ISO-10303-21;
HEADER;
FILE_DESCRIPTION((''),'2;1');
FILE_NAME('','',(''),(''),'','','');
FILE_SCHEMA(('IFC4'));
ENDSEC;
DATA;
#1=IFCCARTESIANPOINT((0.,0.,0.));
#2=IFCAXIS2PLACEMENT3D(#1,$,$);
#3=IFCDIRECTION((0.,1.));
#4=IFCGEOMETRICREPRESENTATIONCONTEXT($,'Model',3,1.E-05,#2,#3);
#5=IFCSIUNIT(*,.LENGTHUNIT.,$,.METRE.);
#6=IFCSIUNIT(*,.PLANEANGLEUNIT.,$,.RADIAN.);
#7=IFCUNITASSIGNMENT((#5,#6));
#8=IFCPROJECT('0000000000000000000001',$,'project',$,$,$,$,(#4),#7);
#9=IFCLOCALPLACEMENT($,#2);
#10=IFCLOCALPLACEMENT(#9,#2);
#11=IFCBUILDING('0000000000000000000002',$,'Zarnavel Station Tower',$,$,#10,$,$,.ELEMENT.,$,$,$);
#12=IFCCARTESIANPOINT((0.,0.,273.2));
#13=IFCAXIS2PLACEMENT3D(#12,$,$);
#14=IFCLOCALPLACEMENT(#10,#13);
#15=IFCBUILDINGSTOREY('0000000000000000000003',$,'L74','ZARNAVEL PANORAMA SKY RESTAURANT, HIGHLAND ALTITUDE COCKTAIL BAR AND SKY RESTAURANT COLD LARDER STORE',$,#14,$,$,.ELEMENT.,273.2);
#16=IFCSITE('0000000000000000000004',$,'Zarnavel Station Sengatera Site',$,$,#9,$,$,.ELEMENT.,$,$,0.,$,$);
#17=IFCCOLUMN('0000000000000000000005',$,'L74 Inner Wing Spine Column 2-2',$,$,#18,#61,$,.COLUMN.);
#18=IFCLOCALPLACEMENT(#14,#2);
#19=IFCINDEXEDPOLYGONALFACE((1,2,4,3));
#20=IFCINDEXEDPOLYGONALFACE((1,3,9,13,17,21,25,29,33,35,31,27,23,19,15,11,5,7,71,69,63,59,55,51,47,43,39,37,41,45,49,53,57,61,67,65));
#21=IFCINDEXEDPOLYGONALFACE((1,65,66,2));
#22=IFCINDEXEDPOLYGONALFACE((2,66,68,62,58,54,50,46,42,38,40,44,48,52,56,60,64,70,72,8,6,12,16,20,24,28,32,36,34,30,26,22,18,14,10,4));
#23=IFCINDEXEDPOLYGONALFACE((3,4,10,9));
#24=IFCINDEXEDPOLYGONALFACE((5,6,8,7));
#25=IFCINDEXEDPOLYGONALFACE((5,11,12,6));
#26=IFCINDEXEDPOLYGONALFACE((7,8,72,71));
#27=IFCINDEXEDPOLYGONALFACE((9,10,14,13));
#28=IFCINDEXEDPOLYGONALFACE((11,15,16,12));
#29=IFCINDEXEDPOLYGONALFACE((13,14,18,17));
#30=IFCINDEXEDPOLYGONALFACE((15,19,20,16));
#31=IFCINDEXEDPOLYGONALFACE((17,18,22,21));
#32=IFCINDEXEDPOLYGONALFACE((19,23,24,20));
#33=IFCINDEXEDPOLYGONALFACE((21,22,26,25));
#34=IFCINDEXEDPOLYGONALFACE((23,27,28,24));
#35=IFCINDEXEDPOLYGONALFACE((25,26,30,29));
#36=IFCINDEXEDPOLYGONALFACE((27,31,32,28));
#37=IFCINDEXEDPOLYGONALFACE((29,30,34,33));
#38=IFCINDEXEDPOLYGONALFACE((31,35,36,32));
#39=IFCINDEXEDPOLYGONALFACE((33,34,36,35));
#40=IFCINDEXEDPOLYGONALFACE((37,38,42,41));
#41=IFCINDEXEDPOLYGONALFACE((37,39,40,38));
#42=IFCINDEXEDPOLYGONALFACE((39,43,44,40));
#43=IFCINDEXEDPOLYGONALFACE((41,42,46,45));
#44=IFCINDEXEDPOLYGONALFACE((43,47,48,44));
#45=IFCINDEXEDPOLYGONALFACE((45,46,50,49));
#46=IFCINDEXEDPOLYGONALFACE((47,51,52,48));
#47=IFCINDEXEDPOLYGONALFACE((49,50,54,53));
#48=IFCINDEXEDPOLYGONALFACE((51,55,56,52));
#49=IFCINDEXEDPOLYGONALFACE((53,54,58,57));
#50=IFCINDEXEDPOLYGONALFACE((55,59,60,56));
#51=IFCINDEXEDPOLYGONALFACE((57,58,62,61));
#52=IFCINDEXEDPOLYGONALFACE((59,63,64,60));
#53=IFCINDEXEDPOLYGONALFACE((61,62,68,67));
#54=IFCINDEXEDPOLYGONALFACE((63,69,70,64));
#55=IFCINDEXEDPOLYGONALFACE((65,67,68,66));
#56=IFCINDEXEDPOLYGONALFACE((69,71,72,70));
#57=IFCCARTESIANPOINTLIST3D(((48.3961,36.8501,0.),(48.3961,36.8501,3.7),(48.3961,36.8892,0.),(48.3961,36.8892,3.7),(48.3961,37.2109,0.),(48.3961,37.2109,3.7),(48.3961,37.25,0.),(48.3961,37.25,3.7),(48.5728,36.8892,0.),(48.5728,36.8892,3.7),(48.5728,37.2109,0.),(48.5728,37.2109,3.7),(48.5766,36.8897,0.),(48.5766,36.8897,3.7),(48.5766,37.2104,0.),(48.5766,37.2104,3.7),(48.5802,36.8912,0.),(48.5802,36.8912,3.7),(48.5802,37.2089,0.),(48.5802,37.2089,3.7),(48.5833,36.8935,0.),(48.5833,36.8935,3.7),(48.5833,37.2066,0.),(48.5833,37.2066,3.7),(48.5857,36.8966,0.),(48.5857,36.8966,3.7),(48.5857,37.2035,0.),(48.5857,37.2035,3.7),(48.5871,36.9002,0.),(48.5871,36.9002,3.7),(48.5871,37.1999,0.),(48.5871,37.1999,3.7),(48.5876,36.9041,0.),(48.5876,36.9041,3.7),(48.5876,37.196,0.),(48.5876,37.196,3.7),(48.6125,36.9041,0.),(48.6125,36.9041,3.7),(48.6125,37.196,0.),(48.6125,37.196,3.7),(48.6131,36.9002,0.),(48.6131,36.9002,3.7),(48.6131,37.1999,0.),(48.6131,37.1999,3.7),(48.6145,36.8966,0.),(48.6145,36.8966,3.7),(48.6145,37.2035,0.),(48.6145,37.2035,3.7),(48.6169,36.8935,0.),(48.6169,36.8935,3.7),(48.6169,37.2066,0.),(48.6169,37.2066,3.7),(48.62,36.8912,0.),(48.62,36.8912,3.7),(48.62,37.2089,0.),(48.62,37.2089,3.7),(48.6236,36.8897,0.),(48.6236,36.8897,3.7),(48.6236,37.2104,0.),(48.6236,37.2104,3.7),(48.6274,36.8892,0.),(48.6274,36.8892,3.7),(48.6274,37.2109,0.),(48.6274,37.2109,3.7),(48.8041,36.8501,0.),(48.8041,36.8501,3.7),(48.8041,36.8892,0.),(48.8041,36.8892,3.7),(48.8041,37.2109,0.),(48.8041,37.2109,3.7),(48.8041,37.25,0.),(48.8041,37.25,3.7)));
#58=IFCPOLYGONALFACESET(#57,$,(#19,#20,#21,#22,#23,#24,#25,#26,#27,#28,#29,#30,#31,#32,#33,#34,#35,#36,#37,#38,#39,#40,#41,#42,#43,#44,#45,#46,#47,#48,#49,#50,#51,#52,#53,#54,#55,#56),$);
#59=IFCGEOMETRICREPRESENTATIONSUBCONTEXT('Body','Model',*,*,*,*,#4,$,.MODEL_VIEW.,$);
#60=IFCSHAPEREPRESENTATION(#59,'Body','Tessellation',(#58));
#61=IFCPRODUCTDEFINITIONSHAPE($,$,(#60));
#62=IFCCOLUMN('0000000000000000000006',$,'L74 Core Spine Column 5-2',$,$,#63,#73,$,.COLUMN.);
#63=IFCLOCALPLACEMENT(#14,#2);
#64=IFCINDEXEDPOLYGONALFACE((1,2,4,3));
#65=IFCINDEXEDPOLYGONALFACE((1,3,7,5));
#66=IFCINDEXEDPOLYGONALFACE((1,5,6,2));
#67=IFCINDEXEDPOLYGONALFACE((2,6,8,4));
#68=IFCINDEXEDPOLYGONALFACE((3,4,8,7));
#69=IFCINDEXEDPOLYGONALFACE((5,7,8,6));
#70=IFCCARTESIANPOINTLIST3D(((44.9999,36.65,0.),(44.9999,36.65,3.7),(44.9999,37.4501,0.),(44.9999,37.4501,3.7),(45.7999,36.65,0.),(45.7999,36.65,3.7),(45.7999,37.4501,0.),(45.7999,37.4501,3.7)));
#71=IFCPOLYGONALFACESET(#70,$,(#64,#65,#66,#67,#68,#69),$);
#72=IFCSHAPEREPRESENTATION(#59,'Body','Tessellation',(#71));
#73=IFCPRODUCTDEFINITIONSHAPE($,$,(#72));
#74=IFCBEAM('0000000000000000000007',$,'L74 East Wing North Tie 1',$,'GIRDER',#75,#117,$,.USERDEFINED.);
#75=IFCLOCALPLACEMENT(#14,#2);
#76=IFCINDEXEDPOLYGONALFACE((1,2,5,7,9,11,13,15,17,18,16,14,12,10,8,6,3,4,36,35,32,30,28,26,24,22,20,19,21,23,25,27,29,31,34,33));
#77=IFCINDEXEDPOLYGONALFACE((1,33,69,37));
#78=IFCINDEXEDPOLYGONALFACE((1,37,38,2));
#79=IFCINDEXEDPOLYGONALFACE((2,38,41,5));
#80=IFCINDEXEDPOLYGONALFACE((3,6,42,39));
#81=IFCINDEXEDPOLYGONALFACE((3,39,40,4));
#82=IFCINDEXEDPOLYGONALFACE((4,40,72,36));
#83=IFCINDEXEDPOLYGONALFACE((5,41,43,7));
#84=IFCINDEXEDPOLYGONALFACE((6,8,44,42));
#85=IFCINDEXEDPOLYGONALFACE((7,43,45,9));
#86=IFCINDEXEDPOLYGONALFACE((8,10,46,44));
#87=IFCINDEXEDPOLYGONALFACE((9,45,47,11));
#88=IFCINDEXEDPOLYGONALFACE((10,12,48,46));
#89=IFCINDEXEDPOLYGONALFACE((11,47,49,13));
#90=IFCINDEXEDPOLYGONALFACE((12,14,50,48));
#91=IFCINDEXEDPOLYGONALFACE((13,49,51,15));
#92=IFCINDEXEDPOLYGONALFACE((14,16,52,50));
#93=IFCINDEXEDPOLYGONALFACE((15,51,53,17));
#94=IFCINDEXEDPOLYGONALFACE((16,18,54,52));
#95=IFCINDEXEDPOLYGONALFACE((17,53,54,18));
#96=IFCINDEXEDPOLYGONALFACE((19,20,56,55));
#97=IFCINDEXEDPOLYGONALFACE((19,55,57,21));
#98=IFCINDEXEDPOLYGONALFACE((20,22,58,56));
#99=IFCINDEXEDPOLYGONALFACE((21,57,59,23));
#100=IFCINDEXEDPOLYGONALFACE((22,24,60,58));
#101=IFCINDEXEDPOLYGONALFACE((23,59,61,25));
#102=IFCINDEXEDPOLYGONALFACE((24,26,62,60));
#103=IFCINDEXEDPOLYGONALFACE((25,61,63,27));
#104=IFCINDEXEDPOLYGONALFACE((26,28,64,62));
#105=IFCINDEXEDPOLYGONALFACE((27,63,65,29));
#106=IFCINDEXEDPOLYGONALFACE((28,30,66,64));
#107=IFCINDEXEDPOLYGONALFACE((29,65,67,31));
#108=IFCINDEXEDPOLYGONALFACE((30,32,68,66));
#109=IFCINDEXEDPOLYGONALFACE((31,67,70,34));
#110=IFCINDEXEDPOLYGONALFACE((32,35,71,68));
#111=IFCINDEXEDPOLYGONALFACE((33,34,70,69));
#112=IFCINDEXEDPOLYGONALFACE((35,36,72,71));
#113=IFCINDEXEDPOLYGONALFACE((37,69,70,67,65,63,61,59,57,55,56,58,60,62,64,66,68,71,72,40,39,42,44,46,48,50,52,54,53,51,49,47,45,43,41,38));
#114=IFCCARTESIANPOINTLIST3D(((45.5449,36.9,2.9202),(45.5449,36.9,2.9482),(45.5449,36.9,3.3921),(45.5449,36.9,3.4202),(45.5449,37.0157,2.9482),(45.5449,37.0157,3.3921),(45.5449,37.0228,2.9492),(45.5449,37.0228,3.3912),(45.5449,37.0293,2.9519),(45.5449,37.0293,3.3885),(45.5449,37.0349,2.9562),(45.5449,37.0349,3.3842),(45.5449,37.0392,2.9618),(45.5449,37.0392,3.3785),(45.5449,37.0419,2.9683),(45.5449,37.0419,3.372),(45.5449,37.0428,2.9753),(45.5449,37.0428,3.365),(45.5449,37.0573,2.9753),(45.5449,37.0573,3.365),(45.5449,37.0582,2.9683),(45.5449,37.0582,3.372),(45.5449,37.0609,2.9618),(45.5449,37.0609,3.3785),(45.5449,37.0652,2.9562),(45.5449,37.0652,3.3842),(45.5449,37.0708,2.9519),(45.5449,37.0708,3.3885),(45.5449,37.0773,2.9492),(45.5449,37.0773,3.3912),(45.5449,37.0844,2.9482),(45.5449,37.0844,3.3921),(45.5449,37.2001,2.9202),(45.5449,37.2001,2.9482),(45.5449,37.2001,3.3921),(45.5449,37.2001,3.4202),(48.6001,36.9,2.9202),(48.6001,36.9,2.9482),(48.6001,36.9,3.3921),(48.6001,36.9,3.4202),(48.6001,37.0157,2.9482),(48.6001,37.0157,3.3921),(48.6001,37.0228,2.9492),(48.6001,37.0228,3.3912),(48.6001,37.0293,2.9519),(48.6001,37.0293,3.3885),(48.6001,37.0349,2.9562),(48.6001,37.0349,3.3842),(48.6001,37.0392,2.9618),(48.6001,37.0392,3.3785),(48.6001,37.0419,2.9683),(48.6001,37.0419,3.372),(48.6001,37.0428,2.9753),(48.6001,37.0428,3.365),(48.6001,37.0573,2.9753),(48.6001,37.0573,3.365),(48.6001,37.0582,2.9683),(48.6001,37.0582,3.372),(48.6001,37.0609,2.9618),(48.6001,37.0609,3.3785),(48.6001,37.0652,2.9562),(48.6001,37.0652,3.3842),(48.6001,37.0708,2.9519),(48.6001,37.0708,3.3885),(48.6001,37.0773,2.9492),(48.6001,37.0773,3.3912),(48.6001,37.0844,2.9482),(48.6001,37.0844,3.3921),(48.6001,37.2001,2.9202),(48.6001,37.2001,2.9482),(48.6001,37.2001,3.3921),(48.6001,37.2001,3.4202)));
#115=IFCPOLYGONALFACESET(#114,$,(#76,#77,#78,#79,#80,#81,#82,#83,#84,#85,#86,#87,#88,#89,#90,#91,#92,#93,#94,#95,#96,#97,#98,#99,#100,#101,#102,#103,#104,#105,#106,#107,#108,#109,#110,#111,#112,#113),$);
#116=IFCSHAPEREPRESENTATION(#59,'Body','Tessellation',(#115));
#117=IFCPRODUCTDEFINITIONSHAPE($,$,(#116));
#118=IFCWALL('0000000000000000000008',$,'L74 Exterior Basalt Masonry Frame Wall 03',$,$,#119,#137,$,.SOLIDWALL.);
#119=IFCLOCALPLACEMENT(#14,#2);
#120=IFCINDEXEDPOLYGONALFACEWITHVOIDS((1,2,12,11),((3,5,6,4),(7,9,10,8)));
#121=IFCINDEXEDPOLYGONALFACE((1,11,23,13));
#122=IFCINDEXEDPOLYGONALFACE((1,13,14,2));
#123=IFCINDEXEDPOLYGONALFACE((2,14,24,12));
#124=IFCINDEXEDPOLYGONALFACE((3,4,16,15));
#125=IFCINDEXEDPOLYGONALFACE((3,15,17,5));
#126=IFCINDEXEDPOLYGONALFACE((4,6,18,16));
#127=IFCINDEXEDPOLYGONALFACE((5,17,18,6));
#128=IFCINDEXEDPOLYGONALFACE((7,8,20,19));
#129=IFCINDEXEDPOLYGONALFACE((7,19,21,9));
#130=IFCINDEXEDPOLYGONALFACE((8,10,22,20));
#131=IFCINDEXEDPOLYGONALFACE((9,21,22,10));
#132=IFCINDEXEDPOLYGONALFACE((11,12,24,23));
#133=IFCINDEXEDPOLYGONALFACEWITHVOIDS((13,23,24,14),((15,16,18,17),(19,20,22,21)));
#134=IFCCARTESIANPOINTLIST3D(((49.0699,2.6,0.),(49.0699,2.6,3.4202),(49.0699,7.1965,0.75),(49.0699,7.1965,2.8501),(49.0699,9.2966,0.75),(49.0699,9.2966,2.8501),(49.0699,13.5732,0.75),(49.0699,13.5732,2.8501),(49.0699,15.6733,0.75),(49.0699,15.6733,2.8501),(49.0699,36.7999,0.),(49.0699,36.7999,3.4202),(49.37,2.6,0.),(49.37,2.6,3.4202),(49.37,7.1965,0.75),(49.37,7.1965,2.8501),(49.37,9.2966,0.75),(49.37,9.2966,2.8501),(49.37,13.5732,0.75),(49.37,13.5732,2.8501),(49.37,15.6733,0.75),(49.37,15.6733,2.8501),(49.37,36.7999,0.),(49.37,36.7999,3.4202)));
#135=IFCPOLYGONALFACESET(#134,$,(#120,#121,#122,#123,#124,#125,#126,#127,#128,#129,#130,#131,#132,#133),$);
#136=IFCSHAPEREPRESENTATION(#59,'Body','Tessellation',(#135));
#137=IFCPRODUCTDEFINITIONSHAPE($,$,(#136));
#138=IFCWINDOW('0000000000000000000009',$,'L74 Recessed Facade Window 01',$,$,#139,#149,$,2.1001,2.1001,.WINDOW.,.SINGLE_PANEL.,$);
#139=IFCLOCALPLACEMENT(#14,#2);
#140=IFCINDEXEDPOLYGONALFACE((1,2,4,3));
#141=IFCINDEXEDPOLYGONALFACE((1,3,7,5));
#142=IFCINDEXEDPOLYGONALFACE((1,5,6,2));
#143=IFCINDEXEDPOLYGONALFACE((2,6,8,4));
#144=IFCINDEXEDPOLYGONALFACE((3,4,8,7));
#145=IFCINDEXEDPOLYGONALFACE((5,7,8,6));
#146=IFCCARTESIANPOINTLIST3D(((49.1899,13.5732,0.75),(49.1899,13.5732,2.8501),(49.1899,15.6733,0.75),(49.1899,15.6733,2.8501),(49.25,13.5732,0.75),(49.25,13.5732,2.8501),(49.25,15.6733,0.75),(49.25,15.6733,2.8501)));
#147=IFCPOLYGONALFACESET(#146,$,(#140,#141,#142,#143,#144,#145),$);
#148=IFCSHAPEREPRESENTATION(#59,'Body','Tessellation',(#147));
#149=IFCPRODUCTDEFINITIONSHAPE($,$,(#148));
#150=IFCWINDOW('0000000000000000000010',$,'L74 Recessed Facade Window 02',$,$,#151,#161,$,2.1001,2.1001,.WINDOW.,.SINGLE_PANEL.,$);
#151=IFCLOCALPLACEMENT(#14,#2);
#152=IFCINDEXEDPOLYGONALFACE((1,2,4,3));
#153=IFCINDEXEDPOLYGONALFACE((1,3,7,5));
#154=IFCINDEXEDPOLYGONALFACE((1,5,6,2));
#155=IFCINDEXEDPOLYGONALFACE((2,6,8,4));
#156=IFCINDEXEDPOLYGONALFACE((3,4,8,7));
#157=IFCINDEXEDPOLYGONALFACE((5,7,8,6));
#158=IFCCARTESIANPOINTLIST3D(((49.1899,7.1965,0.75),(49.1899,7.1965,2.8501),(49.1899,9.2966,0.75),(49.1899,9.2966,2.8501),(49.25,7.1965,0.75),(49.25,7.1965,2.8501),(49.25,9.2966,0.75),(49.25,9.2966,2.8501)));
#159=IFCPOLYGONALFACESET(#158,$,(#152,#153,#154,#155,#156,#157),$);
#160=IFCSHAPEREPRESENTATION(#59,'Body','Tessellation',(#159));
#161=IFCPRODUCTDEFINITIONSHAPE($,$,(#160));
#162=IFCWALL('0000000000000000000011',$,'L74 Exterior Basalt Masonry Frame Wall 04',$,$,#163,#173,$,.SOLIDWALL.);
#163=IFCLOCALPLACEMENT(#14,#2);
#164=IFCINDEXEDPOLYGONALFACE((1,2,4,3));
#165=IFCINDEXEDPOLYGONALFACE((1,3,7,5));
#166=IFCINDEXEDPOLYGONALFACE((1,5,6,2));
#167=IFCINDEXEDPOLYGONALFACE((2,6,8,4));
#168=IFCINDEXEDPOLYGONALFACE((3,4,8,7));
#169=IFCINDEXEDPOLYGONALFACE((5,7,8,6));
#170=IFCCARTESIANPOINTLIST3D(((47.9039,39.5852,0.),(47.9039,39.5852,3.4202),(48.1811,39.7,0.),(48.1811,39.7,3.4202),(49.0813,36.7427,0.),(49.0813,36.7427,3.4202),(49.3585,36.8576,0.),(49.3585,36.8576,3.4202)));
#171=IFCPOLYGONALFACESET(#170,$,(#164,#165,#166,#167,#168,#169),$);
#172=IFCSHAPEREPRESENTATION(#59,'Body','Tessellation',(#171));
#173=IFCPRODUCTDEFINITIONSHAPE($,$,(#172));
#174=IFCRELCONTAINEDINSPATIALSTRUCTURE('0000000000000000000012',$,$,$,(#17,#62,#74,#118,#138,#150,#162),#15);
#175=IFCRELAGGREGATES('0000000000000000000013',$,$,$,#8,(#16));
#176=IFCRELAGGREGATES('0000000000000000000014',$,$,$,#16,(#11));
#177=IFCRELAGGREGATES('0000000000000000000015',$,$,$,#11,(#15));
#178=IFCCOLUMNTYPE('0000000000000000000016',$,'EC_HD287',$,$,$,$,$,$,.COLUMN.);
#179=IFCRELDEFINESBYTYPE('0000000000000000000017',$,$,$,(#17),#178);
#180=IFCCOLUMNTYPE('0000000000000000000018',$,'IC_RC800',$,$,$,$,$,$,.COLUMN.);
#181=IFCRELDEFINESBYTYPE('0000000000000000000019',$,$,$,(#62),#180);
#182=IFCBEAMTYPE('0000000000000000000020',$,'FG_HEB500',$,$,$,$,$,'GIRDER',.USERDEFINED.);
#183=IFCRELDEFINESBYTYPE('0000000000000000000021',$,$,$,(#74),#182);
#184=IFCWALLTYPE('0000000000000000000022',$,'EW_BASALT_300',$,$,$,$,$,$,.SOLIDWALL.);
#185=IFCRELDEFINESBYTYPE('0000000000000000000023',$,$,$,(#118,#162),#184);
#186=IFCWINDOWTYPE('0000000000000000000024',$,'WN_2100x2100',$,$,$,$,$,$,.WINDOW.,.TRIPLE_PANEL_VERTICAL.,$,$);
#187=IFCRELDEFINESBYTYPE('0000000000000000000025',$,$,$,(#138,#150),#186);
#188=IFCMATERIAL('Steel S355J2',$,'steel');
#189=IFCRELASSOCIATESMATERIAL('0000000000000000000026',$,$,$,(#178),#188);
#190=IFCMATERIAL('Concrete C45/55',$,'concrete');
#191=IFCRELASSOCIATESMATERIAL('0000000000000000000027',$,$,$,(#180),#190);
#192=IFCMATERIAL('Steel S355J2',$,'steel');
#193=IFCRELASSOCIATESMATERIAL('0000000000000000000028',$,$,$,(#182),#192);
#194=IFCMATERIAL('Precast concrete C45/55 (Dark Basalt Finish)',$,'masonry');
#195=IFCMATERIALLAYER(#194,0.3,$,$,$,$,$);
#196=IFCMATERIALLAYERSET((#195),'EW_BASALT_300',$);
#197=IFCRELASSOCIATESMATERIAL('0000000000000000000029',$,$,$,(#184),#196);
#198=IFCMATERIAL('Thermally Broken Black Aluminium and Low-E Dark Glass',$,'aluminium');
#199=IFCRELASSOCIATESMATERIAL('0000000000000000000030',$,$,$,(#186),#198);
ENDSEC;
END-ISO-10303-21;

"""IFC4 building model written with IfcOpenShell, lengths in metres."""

from ifc_helpers import new_model, si_unit, direction, frame, frame_2d, origin, origin_2d, place, context, subcontext, project, spatial, rectangle, i_section, extrude, material, layer, layer_set, material_profile, profile_set, type_object, element, fill, save


model = new_model("IFC4")

# Units and contexts
model_context = context("Model", 3, precision=1e-05, world=origin(), true_north=direction((0.0, 1.0)))
body_context = subcontext(model_context, "Body", "Model", "MODEL_VIEW")
ifc_project = project(units=[si_unit("LENGTHUNIT", "METRE"), si_unit("PLANEANGLEUNIT", "RADIAN")], contexts=[model_context])

# Site, building, storey
site_placement = place(None, origin())
site = spatial("IfcSite", under=ifc_project, at=site_placement, Name="Zarnavel Station Sengatera Site", CompositionType="ELEMENT", RefElevation=0.0)
building_placement = place(site_placement, origin())
building = spatial("IfcBuilding", under=site, at=building_placement, Name="Zarnavel Station Tower", CompositionType="ELEMENT")
storey_placement = place(building_placement, frame((0.0, 0.0, 273.2)))
storey = spatial("IfcBuildingStorey", under=building, at=storey_placement, Name="L74", Description="ZARNAVEL PANORAMA SKY RESTAURANT, HIGHLAND ALTITUDE COCKTAIL BAR AND SKY RESTAURANT COLD LARDER STORE", CompositionType="ELEMENT", Elevation=273.2)

# Columns
ifc_material_1 = material(Name="Steel S355J2", Category="steel")
ifc_material_profile_1 = material_profile(ifc_material_1, i_section(OverallWidth=0.408, OverallDepth=0.3999, WebThickness=0.0249, FlangeThickness=0.0391, FilletRadius=0.0149, at=origin_2d()), Name="HD400x287")
ifc_profile_set_1 = profile_set([ifc_material_profile_1], Name="Steel S355J2")
column_type_1 = type_object("IfcColumnType", Name="EC_HD287", PredefinedType="COLUMN", material=ifc_profile_set_1)
column_1_placement = place(storey_placement, frame((48.6001, 37.05, 0.0), z_axis=(0.0, 0.0, 1.0), x_axis=(1.0, 0.0, 0.0)))
element("IfcColumn", 1, at=column_1_placement, inside=storey, type_object=column_type_1, Name="L74 Inner Wing Spine Column 2-2", PredefinedType="COLUMN", context=body_context, shape_type="SweptSolid", body=[
    extrude(i_section(OverallWidth=0.408, OverallDepth=0.3999, WebThickness=0.0249, FlangeThickness=0.0391, FilletRadius=0.0149, at=origin_2d()), origin(), (0.0, 0.0, 1.0), 3.7),
])
ifc_material_2 = material(Name="Concrete C45/55", Category="concrete")
ifc_material_profile_2 = material_profile(ifc_material_2, rectangle(XDim=0.8, YDim=0.8, at=origin_2d()), Name="RC800x800")
ifc_profile_set_2 = profile_set([ifc_material_profile_2], Name="Concrete C45/55")
column_type_2 = type_object("IfcColumnType", Name="IC_RC800", PredefinedType="COLUMN", material=ifc_profile_set_2)
column_2_placement = place(storey_placement, frame((45.3999, 37.05, 0.0), z_axis=(0.0, 0.0, 1.0), x_axis=(1.0, 0.0, 0.0)))
element("IfcColumn", 2, at=column_2_placement, inside=storey, type_object=column_type_2, Name="L74 Core Spine Column 5-2", PredefinedType="COLUMN", context=body_context, shape_type="SweptSolid", body=[
    extrude(rectangle(XDim=0.8, YDim=0.8, at=origin_2d()), origin(), (0.0, 0.0, 1.0), 3.7),
])

# Beam
ifc_material_3 = material(Name="Steel S355J2", Category="steel")
ifc_material_profile_3 = material_profile(ifc_material_3, i_section(OverallWidth=0.3, OverallDepth=0.5, WebThickness=0.0144, FlangeThickness=0.0281, FilletRadius=0.0271, at=origin_2d()), Name="HEB500")
ifc_profile_set_3 = profile_set([ifc_material_profile_3], Name="Steel S355J2")
beam_type = type_object("IfcBeamType", Name="FG_HEB500", ElementType="GIRDER", PredefinedType="USERDEFINED", material=ifc_profile_set_3)
beam_placement = place(storey_placement, frame((45.5449, 37.05, 3.1702), z_axis=(1.0, 0.0, 0.0), x_axis=(0.0, 1.0, 0.0)))
element("IfcBeam", 3, at=beam_placement, inside=storey, type_object=beam_type, Name="L74 East Wing North Tie 1", ObjectType="GIRDER", PredefinedType="USERDEFINED", context=body_context, shape_type="SweptSolid", body=[
    extrude(i_section(OverallWidth=0.3, OverallDepth=0.5, WebThickness=0.0144, FlangeThickness=0.0281, FilletRadius=0.0271, at=origin_2d()), origin(), (0.0, 0.0, 1.0), 3.0552),
])

# Wall, openings, windows
ifc_material_4 = material(Name="Precast concrete C45/55 (Dark Basalt Finish)", Category="masonry")
ifc_layer_1 = layer(ifc_material_4, 0.3)
ifc_layer_set_1 = layer_set([ifc_layer_1], Name="EW_BASALT_300")
wall_type_1 = type_object("IfcWallType", Name="EW_BASALT_300", PredefinedType="SOLIDWALL", material=ifc_layer_set_1)
wall_1_placement = place(storey_placement, frame((49.22, 36.8, 0.0), z_axis=(0.0, 0.0, 1.0), x_axis=(0.0, -1.0, 0.0)))
wall_1 = element("IfcWall", 4, at=wall_1_placement, inside=storey, type_object=wall_type_1, Name="L74 Exterior Basalt Masonry Frame Wall 03", PredefinedType="SOLIDWALL", context=body_context, shape_type="SweptSolid", body=[
    extrude(rectangle(XDim=34.2, YDim=0.3, at=frame_2d((17.1001, 0.0))), origin(), (0.0, 0.0, 1.0), 3.4202),
])
opening_1_placement = place(wall_1_placement, frame((21.1267, 0.0, 0.75)))
opening_1 = element("IfcOpeningElement", 5, at=opening_1_placement, cuts=wall_1, PredefinedType="OPENING", context=body_context, shape_type="SweptSolid", body=[
    extrude(rectangle(XDim=2.1001, YDim=2.1001, at=frame_2d((1.05, 1.05))), frame((0.0, 0.1599, 0.0), z_axis=(0.0, -1.0, 0.0), x_axis=(1.0, 0.0, 0.0)), (0.0, 0.0, 1.0), 0.3201),
])
opening_2_placement = place(wall_1_placement, frame((27.5034, 0.0, 0.75)))
opening_2 = element("IfcOpeningElement", 6, at=opening_2_placement, cuts=wall_1, PredefinedType="OPENING", context=body_context, shape_type="SweptSolid", body=[
    extrude(rectangle(XDim=2.1001, YDim=2.1001, at=frame_2d((1.05, 1.05))), frame((0.0, 0.1599, 0.0), z_axis=(0.0, -1.0, 0.0), x_axis=(1.0, 0.0, 0.0)), (0.0, 0.0, 1.0), 0.3201),
])
ifc_material_5 = material(Name="Thermally Broken Black Aluminium and Low-E Dark Glass", Category="aluminium")
window_type = type_object("IfcWindowType", Name="WN_2100x2100", PartitioningType="TRIPLE_PANEL_VERTICAL", PredefinedType="WINDOW", material=ifc_material_5)
window_1_placement = place(opening_1_placement, origin())
window_1 = element("IfcWindow", 7, at=window_1_placement, inside=storey, type_object=window_type, Name="L74 Recessed Facade Window 01", OverallHeight=2.1001, OverallWidth=2.1001, PartitioningType="SINGLE_PANEL", PredefinedType="WINDOW", context=body_context, shape_type="SweptSolid", body=[
    extrude(rectangle(XDim=2.1001, YDim=2.1001, at=frame_2d((1.05, 1.05))), frame((0.0, 0.03, 0.0), z_axis=(0.0, -1.0, 0.0), x_axis=(1.0, 0.0, 0.0)), (0.0, 0.0, 1.0), 0.0601),
])
fill(opening_1, window_1)
window_2_placement = place(opening_2_placement, origin())
window_2 = element("IfcWindow", 8, at=window_2_placement, inside=storey, type_object=window_type, Name="L74 Recessed Facade Window 02", OverallHeight=2.1001, OverallWidth=2.1001, PartitioningType="SINGLE_PANEL", PredefinedType="WINDOW", context=body_context, shape_type="SweptSolid", body=[
    extrude(rectangle(XDim=2.1001, YDim=2.1001, at=frame_2d((1.05, 1.05))), frame((0.0, 0.03, 0.0), z_axis=(0.0, -1.0, 0.0), x_axis=(1.0, 0.0, 0.0)), (0.0, 0.0, 1.0), 0.0601),
])
fill(opening_2, window_2)

# Wall
for number, where, z_axis, x_axis, name in (
    (9, (48.0425, 39.6426, 0.0), (0.0, 0.0, 1.0), (0.382705, -0.923871, 0.0), "L74 Exterior Basalt Masonry Frame Wall 04"),
):
    element("IfcWall", number, at=place(storey_placement, frame(where, z_axis=z_axis, x_axis=x_axis)), inside=storey, type_object=wall_type_1, Name=name, PredefinedType="SOLIDWALL", context=body_context, shape_type="SweptSolid", body=[
        extrude(rectangle(XDim=3.0767, YDim=0.3, at=frame_2d((1.5383, 0.0))), origin(), (0.0, 0.0, 1.0), 3.4202),
    ])

save(model, "model.ifc")
